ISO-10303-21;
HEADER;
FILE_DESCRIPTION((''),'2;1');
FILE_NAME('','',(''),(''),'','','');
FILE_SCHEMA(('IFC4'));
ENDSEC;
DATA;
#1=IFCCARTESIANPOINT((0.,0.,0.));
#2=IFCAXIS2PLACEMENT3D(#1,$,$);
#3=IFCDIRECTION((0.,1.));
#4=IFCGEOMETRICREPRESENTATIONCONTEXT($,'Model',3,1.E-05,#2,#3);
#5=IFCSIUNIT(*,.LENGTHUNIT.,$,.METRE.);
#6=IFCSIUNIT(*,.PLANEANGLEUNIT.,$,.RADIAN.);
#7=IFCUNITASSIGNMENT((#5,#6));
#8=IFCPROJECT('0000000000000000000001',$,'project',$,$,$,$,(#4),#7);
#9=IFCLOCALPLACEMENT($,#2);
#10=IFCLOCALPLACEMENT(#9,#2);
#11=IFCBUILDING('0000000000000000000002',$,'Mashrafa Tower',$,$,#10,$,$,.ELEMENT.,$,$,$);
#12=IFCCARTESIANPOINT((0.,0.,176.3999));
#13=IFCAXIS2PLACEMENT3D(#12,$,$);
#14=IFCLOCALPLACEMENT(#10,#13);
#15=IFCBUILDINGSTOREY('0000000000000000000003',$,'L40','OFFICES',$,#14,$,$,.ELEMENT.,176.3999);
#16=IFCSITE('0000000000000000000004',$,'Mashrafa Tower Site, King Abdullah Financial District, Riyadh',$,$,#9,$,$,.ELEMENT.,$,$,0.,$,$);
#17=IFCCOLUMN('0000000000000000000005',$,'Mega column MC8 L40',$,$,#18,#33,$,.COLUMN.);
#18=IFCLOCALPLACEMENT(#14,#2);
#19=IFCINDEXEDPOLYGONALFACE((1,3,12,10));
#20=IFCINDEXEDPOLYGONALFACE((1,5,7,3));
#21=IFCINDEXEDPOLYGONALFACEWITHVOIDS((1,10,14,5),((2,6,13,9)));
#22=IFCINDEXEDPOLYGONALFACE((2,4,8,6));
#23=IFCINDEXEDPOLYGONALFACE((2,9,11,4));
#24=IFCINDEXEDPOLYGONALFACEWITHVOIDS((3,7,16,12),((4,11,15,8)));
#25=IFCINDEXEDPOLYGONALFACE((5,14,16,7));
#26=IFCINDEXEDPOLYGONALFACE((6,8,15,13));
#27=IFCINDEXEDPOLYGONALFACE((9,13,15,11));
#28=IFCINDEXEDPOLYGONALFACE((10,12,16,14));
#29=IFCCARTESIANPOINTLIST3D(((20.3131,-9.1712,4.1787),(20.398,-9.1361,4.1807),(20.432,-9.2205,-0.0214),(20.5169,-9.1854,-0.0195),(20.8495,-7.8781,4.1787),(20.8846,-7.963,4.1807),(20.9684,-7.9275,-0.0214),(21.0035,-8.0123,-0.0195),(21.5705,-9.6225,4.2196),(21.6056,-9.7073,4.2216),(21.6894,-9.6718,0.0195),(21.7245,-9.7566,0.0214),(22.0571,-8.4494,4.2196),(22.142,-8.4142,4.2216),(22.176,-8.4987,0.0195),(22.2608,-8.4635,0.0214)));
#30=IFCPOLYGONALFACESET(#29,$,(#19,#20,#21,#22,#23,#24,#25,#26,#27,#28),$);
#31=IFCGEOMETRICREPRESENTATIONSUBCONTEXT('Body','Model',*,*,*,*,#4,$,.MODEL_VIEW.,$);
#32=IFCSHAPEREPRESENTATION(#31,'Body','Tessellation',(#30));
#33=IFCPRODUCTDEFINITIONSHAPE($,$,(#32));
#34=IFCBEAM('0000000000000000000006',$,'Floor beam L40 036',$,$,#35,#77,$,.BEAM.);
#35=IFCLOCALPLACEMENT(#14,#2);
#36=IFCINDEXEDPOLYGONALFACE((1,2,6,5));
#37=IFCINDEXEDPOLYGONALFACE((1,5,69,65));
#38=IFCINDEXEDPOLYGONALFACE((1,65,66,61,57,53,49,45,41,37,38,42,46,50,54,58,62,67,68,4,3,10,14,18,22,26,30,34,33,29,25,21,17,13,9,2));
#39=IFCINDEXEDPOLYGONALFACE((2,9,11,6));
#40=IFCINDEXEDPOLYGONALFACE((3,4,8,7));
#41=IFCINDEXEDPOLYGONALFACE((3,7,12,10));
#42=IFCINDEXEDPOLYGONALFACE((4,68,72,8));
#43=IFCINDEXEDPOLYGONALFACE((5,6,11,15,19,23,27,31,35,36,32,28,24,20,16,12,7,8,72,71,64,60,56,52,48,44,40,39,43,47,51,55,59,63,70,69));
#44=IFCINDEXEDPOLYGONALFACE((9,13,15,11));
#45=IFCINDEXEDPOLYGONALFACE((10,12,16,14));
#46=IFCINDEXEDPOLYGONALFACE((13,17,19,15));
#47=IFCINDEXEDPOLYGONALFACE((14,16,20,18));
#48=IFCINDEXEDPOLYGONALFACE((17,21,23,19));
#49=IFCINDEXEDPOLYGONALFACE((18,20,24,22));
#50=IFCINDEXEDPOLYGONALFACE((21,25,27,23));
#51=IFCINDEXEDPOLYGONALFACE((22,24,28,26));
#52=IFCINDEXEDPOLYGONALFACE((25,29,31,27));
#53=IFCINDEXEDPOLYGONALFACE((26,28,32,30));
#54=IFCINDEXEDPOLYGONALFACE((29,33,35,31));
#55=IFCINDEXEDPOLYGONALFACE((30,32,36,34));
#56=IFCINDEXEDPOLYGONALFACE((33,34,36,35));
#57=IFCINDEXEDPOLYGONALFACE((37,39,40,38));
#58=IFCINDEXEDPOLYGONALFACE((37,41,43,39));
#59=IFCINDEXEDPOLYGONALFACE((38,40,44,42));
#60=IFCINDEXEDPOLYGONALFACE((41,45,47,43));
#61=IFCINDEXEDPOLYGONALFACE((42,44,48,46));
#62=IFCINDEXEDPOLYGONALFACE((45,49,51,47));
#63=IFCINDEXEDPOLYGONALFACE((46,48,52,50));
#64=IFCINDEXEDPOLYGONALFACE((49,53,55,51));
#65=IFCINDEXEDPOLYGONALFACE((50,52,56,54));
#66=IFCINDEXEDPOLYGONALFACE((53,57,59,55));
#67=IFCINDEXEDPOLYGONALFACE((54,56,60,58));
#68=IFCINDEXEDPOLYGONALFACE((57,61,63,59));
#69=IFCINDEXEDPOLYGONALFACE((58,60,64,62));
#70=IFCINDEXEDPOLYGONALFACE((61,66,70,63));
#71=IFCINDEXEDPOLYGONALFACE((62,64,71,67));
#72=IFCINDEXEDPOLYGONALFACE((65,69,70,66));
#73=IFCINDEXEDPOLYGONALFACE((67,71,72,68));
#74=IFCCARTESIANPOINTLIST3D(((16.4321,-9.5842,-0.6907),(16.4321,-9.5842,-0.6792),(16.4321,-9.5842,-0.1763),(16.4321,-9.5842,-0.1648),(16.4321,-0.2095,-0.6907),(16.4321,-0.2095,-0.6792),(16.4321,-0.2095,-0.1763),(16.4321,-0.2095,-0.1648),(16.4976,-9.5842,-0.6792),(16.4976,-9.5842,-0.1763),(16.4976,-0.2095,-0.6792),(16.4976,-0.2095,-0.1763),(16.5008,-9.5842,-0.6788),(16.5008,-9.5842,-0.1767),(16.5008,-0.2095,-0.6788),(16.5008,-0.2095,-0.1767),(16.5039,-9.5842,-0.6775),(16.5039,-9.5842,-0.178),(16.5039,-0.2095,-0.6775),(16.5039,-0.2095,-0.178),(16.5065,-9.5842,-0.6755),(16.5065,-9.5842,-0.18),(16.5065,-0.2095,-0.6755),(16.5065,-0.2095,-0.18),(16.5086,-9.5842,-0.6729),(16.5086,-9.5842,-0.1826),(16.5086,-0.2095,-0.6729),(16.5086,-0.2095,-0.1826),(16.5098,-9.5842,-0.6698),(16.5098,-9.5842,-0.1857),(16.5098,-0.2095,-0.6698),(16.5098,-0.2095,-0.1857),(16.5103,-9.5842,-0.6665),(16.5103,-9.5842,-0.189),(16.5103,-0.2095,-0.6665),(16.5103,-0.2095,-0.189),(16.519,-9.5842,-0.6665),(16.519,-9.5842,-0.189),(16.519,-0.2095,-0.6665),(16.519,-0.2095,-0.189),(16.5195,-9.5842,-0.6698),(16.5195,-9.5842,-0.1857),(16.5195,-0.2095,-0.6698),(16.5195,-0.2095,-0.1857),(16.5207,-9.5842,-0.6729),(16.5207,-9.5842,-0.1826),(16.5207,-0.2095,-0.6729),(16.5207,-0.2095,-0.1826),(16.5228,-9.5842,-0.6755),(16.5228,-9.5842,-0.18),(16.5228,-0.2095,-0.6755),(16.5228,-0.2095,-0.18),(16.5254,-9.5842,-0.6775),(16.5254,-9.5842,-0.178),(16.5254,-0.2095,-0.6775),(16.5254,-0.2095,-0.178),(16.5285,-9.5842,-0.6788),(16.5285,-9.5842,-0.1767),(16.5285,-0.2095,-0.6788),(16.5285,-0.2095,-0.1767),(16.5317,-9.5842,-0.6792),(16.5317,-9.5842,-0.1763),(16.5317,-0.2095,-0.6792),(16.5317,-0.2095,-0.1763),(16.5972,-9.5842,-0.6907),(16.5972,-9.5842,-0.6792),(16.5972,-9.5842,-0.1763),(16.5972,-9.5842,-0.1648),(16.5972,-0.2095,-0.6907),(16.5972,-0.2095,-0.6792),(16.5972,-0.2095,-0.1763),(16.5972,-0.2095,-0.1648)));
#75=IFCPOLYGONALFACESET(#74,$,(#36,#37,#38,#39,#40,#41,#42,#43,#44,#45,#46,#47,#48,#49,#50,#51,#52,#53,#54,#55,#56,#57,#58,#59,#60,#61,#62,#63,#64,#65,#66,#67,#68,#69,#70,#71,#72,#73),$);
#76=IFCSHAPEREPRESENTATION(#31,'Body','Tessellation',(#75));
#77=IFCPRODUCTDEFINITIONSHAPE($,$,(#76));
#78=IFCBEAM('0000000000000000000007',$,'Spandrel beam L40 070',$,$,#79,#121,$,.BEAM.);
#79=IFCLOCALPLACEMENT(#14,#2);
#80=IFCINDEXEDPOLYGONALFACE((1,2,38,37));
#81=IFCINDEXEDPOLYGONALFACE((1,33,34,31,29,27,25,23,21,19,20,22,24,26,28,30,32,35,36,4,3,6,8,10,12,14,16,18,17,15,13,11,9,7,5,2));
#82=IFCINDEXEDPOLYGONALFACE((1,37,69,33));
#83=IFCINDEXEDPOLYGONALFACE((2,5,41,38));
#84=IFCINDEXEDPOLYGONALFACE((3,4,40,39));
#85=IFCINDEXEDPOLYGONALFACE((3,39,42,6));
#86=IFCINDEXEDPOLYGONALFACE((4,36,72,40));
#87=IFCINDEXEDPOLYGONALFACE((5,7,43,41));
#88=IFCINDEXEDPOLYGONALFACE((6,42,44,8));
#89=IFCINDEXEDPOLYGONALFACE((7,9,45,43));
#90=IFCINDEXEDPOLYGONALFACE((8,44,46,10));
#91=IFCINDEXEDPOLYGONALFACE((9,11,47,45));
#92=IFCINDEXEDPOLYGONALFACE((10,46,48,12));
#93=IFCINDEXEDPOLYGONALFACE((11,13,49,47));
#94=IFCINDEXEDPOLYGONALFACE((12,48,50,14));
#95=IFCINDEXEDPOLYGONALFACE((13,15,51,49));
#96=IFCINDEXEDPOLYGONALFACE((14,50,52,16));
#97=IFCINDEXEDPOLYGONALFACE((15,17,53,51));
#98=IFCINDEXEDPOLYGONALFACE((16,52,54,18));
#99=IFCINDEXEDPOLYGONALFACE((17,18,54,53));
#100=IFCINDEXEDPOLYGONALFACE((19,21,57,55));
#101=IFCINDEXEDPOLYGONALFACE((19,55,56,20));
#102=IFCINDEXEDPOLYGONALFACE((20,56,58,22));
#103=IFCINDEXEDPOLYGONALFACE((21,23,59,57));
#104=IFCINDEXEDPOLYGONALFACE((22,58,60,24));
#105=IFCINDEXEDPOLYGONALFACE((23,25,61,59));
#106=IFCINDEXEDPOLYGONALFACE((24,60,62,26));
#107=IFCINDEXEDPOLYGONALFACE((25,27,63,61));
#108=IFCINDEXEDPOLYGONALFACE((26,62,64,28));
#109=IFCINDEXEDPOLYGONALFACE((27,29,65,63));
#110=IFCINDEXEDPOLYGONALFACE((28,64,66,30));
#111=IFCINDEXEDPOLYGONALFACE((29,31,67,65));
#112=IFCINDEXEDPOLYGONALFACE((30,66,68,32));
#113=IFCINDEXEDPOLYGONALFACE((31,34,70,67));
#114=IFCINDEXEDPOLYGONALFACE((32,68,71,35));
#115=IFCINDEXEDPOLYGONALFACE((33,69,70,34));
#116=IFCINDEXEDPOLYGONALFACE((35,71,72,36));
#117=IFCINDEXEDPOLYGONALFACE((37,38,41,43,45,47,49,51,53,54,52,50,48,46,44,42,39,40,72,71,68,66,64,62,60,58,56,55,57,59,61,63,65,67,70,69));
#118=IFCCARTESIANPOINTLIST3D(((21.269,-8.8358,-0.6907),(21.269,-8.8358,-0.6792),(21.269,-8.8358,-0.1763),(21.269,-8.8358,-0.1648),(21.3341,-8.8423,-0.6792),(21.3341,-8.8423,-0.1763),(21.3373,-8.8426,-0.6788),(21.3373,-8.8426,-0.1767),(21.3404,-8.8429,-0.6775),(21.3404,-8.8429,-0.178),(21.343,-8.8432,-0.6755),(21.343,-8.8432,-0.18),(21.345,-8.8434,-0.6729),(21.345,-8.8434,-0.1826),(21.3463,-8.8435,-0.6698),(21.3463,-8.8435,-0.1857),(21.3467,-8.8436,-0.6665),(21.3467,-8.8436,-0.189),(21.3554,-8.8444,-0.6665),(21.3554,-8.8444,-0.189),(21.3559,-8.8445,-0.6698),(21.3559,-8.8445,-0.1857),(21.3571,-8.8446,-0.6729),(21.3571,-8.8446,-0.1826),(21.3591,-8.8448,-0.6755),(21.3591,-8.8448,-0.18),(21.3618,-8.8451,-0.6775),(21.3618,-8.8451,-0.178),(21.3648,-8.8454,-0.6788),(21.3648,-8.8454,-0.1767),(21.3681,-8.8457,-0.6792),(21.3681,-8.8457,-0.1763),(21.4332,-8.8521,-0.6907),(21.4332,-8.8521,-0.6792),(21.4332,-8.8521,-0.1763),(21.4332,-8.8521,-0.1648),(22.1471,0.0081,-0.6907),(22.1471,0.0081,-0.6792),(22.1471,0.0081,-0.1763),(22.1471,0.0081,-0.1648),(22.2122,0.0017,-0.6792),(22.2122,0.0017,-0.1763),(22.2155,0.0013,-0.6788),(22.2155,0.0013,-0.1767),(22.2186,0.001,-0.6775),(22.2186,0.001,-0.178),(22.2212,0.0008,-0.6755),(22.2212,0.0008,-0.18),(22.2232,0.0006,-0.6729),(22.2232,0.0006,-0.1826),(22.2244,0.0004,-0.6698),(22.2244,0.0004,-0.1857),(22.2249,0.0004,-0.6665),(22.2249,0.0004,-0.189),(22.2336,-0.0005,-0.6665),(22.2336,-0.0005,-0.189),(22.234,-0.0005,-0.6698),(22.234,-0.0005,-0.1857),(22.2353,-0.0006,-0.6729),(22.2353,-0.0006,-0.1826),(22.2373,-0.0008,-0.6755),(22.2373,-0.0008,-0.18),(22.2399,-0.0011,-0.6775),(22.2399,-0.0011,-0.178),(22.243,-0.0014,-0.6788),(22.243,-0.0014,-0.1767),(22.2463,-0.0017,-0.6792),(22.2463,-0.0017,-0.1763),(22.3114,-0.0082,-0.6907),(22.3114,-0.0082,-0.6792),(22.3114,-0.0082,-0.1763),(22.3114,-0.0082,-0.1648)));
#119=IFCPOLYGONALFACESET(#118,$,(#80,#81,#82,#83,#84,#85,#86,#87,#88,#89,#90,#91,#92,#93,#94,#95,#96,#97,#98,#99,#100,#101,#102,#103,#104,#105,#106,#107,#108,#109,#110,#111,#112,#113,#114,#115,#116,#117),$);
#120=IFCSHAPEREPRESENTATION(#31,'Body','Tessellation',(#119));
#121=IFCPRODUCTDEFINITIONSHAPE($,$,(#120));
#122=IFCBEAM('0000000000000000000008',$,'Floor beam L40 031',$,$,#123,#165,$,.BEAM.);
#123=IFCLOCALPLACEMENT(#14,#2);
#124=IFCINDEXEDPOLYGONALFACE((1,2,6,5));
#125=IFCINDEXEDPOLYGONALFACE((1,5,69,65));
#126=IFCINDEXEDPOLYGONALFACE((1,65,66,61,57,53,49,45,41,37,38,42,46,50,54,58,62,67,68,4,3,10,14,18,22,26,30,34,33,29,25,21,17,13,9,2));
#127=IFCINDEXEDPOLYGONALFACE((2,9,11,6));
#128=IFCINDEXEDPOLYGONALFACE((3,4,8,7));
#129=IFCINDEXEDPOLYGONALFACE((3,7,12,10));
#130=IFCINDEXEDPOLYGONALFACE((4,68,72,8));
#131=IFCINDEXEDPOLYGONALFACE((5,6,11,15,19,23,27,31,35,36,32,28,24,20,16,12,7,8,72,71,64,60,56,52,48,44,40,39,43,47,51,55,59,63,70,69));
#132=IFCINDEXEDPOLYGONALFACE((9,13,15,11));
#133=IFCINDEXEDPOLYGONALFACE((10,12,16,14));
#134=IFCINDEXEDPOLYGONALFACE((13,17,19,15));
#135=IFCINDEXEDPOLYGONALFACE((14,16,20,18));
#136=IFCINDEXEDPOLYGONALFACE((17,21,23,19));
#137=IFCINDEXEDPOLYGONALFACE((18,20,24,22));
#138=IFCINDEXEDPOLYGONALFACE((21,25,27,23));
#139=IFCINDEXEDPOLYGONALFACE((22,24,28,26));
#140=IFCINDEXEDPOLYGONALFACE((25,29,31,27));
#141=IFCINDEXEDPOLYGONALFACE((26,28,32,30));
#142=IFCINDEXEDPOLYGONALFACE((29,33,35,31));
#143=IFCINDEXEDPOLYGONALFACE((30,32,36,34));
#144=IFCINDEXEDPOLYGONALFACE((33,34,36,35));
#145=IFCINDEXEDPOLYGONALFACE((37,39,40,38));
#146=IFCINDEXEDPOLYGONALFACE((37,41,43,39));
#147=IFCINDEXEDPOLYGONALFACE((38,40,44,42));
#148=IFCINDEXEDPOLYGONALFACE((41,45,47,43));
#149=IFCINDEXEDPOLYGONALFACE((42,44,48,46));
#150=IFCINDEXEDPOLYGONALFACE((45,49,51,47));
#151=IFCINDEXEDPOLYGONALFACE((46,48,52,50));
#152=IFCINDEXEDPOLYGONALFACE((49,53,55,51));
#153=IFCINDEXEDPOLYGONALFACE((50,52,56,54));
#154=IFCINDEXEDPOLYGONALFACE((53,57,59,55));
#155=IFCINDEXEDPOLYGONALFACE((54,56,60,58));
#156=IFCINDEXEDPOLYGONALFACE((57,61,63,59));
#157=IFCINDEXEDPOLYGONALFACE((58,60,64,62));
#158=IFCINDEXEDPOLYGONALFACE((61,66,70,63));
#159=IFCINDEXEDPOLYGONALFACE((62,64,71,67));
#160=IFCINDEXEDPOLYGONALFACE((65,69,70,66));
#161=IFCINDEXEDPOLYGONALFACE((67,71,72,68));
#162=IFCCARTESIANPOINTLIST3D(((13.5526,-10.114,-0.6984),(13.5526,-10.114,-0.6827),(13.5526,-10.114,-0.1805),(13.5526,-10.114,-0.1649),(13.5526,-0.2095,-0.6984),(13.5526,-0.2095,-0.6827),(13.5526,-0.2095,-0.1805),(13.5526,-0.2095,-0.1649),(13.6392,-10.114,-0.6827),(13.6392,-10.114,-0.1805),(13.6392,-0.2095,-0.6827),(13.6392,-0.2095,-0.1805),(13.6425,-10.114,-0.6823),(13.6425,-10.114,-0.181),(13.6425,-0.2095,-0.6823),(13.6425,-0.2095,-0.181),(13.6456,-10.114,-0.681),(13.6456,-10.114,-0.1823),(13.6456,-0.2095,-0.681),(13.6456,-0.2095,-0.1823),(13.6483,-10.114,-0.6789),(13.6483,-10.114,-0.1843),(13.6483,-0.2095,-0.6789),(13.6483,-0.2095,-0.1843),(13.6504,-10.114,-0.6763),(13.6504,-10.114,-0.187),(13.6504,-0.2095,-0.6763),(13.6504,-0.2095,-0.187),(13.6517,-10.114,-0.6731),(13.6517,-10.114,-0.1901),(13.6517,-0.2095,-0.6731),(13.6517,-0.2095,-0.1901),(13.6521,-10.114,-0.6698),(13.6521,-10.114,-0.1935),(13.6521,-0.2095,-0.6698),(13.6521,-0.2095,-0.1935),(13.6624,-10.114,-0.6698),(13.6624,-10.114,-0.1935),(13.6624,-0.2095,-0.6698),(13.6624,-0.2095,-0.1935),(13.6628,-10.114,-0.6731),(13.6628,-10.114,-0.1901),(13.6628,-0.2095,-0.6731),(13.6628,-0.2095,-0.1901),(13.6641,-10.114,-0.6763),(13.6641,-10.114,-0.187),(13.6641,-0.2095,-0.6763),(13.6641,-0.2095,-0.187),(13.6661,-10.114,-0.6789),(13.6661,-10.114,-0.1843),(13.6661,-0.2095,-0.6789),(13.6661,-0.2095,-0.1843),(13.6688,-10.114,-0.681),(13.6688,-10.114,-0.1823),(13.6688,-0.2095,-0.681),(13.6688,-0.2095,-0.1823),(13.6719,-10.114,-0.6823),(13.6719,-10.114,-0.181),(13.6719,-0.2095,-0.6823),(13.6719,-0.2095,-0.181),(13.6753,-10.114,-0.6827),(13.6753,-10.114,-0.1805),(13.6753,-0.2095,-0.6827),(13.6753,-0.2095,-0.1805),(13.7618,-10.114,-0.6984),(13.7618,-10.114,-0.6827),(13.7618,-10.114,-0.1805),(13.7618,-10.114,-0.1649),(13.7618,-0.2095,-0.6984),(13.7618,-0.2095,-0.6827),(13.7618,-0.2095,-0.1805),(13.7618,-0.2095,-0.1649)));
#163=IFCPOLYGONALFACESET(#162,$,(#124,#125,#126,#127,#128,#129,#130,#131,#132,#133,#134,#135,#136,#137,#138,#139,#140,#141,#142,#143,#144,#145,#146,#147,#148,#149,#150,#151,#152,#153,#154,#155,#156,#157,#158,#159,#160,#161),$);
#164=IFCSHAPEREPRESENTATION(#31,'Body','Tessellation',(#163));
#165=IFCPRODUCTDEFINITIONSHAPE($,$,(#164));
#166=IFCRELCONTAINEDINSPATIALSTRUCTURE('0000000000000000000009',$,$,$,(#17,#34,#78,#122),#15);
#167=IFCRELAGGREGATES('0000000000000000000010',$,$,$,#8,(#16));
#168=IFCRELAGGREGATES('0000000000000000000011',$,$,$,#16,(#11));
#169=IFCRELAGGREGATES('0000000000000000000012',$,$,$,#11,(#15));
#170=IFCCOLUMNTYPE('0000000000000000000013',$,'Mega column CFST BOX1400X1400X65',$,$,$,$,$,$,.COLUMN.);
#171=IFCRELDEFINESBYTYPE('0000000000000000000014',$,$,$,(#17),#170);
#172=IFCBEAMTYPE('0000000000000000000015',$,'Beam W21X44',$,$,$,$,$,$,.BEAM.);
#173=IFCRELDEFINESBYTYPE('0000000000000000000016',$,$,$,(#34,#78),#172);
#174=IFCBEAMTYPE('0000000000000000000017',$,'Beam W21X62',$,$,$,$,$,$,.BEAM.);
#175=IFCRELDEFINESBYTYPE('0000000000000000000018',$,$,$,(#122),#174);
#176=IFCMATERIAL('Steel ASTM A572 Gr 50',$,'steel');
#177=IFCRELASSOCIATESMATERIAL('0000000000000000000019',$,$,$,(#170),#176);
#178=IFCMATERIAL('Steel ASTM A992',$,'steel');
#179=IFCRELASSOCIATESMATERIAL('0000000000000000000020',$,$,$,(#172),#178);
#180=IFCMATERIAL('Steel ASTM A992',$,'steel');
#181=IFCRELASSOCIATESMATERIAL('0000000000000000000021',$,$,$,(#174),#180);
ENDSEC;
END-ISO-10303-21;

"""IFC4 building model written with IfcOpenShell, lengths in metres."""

from ifc_helpers import new_model, si_unit, direction, frame, origin, origin_2d, place, context, subcontext, project, spatial, hollow_rectangle, i_section, extrude, material, material_profile, profile_set, type_object, element, save


model = new_model("IFC4")

# Units and contexts
model_context = context("Model", 3, precision=1e-05, world=origin(), true_north=direction((0.0, 1.0)))
body_context = subcontext(model_context, "Body", "Model", "MODEL_VIEW")
ifc_project = project(units=[si_unit("LENGTHUNIT", "METRE"), si_unit("PLANEANGLEUNIT", "RADIAN")], contexts=[model_context])

# Site, building, storey
site_placement = place(None, origin())
site = spatial("IfcSite", under=ifc_project, at=site_placement, Name="Mashrafa Tower Site, King Abdullah Financial District, Riyadh", CompositionType="ELEMENT", RefElevation=0.0)
building_placement = place(site_placement, origin())
building = spatial("IfcBuilding", under=site, at=building_placement, Name="Mashrafa Tower", CompositionType="ELEMENT")
storey_placement = place(building_placement, frame((0.0, 0.0, 176.3999)))
storey = spatial("IfcBuildingStorey", under=building, at=storey_placement, Name="L40", Description="OFFICES", CompositionType="ELEMENT", Elevation=176.3999)

# Column
ifc_material_1 = material(Name="Steel ASTM A572 Gr 50", Category="steel")
ifc_material_profile_1 = material_profile(ifc_material_1, hollow_rectangle(XDim=1.3999, YDim=1.3999, WallThickness=0.0649, at=origin_2d()), Name="BOX1400X1400X65")
ifc_profile_set_1 = profile_set([ifc_material_profile_1], Name="Steel ASTM A572 Gr 50")
column_type = type_object("IfcColumnType", Name="Mega column CFST BOX1400X1400X65", PredefinedType="COLUMN", material=ifc_profile_set_1)
column_placement = place(storey_placement, frame((21.3464, -8.842, 0.0), z_axis=(-0.028294, 0.011736, 0.999531), x_axis=(-0.383133, -0.923693, 0.0)))
element("IfcColumn", 1, at=column_placement, inside=storey, type_object=column_type, Name="Mega column MC8 L40", PredefinedType="COLUMN", context=body_context, shape_type="SweptSolid", body=[
    extrude(hollow_rectangle(XDim=1.3999, YDim=1.3999, WallThickness=0.0649, at=origin_2d()), origin(), (0.0, 0.0, 1.0), 4.2021),
])

# Beams
ifc_material_2 = material(Name="Steel ASTM A992", Category="steel")
ifc_material_profile_2 = material_profile(ifc_material_2, i_section(OverallWidth=0.165, OverallDepth=0.5259, WebThickness=0.0088, FlangeThickness=0.0115, FilletRadius=0.0127, at=origin_2d()), Name="W21X44")
ifc_profile_set_2 = profile_set([ifc_material_profile_2], Name="Steel ASTM A992")
beam_type_1 = type_object("IfcBeamType", Name="Beam W21X44", PredefinedType="BEAM", material=ifc_profile_set_2)
beam_1_placement = place(storey_placement, frame((16.5146, -0.2095, -0.4277), z_axis=(0.0, -1.0, 0.0), x_axis=(1.0, 0.0, 0.0)))
element("IfcBeam", 2, at=beam_1_placement, inside=storey, type_object=beam_type_1, Name="Floor beam L40 036", PredefinedType="BEAM", context=body_context, shape_type="SweptSolid", body=[
    extrude(i_section(OverallWidth=0.165, OverallDepth=0.5259, WebThickness=0.0088, FlangeThickness=0.0115, FilletRadius=0.0127, at=origin_2d()), origin(), (0.0, 0.0, 1.0), 9.3748),
])
beam_2_placement = place(storey_placement, frame((21.3511, -8.844, -0.4277), z_axis=(0.09881, 0.995106, 0.0), x_axis=(-0.995106, 0.09881, 0.0)))
element("IfcBeam", 3, at=beam_2_placement, inside=storey, type_object=beam_type_1, Name="Spandrel beam L40 070", PredefinedType="BEAM", context=body_context, shape_type="SweptSolid", body=[
    extrude(i_section(OverallWidth=0.165, OverallDepth=0.5259, WebThickness=0.0088, FlangeThickness=0.0115, FilletRadius=0.0127, at=origin_2d()), origin(), (0.0, 0.0, 1.0), 8.8875),
])
ifc_material_3 = material(Name="Steel ASTM A992", Category="steel")
ifc_material_profile_3 = material_profile(ifc_material_3, i_section(OverallWidth=0.2092, OverallDepth=0.5334, WebThickness=0.0103, FlangeThickness=0.0156, FilletRadius=0.0129, at=origin_2d()), Name="W21X62")
ifc_profile_set_3 = profile_set([ifc_material_profile_3], Name="Steel ASTM A992")
beam_type_2 = type_object("IfcBeamType", Name="Beam W21X62", PredefinedType="BEAM", material=ifc_profile_set_3)
beam_3_placement = place(storey_placement, frame((13.6572, -0.2095, -0.4316), z_axis=(0.0, -1.0, 0.0), x_axis=(1.0, 0.0, 0.0)))
element("IfcBeam", 4, at=beam_3_placement, inside=storey, type_object=beam_type_2, Name="Floor beam L40 031", PredefinedType="BEAM", context=body_context, shape_type="SweptSolid", body=[
    extrude(i_section(OverallWidth=0.2092, OverallDepth=0.5334, WebThickness=0.0103, FlangeThickness=0.0156, FilletRadius=0.0129, at=origin_2d()), origin(), (0.0, 0.0, 1.0), 9.9045),
])

save(model, "model.ifc")
